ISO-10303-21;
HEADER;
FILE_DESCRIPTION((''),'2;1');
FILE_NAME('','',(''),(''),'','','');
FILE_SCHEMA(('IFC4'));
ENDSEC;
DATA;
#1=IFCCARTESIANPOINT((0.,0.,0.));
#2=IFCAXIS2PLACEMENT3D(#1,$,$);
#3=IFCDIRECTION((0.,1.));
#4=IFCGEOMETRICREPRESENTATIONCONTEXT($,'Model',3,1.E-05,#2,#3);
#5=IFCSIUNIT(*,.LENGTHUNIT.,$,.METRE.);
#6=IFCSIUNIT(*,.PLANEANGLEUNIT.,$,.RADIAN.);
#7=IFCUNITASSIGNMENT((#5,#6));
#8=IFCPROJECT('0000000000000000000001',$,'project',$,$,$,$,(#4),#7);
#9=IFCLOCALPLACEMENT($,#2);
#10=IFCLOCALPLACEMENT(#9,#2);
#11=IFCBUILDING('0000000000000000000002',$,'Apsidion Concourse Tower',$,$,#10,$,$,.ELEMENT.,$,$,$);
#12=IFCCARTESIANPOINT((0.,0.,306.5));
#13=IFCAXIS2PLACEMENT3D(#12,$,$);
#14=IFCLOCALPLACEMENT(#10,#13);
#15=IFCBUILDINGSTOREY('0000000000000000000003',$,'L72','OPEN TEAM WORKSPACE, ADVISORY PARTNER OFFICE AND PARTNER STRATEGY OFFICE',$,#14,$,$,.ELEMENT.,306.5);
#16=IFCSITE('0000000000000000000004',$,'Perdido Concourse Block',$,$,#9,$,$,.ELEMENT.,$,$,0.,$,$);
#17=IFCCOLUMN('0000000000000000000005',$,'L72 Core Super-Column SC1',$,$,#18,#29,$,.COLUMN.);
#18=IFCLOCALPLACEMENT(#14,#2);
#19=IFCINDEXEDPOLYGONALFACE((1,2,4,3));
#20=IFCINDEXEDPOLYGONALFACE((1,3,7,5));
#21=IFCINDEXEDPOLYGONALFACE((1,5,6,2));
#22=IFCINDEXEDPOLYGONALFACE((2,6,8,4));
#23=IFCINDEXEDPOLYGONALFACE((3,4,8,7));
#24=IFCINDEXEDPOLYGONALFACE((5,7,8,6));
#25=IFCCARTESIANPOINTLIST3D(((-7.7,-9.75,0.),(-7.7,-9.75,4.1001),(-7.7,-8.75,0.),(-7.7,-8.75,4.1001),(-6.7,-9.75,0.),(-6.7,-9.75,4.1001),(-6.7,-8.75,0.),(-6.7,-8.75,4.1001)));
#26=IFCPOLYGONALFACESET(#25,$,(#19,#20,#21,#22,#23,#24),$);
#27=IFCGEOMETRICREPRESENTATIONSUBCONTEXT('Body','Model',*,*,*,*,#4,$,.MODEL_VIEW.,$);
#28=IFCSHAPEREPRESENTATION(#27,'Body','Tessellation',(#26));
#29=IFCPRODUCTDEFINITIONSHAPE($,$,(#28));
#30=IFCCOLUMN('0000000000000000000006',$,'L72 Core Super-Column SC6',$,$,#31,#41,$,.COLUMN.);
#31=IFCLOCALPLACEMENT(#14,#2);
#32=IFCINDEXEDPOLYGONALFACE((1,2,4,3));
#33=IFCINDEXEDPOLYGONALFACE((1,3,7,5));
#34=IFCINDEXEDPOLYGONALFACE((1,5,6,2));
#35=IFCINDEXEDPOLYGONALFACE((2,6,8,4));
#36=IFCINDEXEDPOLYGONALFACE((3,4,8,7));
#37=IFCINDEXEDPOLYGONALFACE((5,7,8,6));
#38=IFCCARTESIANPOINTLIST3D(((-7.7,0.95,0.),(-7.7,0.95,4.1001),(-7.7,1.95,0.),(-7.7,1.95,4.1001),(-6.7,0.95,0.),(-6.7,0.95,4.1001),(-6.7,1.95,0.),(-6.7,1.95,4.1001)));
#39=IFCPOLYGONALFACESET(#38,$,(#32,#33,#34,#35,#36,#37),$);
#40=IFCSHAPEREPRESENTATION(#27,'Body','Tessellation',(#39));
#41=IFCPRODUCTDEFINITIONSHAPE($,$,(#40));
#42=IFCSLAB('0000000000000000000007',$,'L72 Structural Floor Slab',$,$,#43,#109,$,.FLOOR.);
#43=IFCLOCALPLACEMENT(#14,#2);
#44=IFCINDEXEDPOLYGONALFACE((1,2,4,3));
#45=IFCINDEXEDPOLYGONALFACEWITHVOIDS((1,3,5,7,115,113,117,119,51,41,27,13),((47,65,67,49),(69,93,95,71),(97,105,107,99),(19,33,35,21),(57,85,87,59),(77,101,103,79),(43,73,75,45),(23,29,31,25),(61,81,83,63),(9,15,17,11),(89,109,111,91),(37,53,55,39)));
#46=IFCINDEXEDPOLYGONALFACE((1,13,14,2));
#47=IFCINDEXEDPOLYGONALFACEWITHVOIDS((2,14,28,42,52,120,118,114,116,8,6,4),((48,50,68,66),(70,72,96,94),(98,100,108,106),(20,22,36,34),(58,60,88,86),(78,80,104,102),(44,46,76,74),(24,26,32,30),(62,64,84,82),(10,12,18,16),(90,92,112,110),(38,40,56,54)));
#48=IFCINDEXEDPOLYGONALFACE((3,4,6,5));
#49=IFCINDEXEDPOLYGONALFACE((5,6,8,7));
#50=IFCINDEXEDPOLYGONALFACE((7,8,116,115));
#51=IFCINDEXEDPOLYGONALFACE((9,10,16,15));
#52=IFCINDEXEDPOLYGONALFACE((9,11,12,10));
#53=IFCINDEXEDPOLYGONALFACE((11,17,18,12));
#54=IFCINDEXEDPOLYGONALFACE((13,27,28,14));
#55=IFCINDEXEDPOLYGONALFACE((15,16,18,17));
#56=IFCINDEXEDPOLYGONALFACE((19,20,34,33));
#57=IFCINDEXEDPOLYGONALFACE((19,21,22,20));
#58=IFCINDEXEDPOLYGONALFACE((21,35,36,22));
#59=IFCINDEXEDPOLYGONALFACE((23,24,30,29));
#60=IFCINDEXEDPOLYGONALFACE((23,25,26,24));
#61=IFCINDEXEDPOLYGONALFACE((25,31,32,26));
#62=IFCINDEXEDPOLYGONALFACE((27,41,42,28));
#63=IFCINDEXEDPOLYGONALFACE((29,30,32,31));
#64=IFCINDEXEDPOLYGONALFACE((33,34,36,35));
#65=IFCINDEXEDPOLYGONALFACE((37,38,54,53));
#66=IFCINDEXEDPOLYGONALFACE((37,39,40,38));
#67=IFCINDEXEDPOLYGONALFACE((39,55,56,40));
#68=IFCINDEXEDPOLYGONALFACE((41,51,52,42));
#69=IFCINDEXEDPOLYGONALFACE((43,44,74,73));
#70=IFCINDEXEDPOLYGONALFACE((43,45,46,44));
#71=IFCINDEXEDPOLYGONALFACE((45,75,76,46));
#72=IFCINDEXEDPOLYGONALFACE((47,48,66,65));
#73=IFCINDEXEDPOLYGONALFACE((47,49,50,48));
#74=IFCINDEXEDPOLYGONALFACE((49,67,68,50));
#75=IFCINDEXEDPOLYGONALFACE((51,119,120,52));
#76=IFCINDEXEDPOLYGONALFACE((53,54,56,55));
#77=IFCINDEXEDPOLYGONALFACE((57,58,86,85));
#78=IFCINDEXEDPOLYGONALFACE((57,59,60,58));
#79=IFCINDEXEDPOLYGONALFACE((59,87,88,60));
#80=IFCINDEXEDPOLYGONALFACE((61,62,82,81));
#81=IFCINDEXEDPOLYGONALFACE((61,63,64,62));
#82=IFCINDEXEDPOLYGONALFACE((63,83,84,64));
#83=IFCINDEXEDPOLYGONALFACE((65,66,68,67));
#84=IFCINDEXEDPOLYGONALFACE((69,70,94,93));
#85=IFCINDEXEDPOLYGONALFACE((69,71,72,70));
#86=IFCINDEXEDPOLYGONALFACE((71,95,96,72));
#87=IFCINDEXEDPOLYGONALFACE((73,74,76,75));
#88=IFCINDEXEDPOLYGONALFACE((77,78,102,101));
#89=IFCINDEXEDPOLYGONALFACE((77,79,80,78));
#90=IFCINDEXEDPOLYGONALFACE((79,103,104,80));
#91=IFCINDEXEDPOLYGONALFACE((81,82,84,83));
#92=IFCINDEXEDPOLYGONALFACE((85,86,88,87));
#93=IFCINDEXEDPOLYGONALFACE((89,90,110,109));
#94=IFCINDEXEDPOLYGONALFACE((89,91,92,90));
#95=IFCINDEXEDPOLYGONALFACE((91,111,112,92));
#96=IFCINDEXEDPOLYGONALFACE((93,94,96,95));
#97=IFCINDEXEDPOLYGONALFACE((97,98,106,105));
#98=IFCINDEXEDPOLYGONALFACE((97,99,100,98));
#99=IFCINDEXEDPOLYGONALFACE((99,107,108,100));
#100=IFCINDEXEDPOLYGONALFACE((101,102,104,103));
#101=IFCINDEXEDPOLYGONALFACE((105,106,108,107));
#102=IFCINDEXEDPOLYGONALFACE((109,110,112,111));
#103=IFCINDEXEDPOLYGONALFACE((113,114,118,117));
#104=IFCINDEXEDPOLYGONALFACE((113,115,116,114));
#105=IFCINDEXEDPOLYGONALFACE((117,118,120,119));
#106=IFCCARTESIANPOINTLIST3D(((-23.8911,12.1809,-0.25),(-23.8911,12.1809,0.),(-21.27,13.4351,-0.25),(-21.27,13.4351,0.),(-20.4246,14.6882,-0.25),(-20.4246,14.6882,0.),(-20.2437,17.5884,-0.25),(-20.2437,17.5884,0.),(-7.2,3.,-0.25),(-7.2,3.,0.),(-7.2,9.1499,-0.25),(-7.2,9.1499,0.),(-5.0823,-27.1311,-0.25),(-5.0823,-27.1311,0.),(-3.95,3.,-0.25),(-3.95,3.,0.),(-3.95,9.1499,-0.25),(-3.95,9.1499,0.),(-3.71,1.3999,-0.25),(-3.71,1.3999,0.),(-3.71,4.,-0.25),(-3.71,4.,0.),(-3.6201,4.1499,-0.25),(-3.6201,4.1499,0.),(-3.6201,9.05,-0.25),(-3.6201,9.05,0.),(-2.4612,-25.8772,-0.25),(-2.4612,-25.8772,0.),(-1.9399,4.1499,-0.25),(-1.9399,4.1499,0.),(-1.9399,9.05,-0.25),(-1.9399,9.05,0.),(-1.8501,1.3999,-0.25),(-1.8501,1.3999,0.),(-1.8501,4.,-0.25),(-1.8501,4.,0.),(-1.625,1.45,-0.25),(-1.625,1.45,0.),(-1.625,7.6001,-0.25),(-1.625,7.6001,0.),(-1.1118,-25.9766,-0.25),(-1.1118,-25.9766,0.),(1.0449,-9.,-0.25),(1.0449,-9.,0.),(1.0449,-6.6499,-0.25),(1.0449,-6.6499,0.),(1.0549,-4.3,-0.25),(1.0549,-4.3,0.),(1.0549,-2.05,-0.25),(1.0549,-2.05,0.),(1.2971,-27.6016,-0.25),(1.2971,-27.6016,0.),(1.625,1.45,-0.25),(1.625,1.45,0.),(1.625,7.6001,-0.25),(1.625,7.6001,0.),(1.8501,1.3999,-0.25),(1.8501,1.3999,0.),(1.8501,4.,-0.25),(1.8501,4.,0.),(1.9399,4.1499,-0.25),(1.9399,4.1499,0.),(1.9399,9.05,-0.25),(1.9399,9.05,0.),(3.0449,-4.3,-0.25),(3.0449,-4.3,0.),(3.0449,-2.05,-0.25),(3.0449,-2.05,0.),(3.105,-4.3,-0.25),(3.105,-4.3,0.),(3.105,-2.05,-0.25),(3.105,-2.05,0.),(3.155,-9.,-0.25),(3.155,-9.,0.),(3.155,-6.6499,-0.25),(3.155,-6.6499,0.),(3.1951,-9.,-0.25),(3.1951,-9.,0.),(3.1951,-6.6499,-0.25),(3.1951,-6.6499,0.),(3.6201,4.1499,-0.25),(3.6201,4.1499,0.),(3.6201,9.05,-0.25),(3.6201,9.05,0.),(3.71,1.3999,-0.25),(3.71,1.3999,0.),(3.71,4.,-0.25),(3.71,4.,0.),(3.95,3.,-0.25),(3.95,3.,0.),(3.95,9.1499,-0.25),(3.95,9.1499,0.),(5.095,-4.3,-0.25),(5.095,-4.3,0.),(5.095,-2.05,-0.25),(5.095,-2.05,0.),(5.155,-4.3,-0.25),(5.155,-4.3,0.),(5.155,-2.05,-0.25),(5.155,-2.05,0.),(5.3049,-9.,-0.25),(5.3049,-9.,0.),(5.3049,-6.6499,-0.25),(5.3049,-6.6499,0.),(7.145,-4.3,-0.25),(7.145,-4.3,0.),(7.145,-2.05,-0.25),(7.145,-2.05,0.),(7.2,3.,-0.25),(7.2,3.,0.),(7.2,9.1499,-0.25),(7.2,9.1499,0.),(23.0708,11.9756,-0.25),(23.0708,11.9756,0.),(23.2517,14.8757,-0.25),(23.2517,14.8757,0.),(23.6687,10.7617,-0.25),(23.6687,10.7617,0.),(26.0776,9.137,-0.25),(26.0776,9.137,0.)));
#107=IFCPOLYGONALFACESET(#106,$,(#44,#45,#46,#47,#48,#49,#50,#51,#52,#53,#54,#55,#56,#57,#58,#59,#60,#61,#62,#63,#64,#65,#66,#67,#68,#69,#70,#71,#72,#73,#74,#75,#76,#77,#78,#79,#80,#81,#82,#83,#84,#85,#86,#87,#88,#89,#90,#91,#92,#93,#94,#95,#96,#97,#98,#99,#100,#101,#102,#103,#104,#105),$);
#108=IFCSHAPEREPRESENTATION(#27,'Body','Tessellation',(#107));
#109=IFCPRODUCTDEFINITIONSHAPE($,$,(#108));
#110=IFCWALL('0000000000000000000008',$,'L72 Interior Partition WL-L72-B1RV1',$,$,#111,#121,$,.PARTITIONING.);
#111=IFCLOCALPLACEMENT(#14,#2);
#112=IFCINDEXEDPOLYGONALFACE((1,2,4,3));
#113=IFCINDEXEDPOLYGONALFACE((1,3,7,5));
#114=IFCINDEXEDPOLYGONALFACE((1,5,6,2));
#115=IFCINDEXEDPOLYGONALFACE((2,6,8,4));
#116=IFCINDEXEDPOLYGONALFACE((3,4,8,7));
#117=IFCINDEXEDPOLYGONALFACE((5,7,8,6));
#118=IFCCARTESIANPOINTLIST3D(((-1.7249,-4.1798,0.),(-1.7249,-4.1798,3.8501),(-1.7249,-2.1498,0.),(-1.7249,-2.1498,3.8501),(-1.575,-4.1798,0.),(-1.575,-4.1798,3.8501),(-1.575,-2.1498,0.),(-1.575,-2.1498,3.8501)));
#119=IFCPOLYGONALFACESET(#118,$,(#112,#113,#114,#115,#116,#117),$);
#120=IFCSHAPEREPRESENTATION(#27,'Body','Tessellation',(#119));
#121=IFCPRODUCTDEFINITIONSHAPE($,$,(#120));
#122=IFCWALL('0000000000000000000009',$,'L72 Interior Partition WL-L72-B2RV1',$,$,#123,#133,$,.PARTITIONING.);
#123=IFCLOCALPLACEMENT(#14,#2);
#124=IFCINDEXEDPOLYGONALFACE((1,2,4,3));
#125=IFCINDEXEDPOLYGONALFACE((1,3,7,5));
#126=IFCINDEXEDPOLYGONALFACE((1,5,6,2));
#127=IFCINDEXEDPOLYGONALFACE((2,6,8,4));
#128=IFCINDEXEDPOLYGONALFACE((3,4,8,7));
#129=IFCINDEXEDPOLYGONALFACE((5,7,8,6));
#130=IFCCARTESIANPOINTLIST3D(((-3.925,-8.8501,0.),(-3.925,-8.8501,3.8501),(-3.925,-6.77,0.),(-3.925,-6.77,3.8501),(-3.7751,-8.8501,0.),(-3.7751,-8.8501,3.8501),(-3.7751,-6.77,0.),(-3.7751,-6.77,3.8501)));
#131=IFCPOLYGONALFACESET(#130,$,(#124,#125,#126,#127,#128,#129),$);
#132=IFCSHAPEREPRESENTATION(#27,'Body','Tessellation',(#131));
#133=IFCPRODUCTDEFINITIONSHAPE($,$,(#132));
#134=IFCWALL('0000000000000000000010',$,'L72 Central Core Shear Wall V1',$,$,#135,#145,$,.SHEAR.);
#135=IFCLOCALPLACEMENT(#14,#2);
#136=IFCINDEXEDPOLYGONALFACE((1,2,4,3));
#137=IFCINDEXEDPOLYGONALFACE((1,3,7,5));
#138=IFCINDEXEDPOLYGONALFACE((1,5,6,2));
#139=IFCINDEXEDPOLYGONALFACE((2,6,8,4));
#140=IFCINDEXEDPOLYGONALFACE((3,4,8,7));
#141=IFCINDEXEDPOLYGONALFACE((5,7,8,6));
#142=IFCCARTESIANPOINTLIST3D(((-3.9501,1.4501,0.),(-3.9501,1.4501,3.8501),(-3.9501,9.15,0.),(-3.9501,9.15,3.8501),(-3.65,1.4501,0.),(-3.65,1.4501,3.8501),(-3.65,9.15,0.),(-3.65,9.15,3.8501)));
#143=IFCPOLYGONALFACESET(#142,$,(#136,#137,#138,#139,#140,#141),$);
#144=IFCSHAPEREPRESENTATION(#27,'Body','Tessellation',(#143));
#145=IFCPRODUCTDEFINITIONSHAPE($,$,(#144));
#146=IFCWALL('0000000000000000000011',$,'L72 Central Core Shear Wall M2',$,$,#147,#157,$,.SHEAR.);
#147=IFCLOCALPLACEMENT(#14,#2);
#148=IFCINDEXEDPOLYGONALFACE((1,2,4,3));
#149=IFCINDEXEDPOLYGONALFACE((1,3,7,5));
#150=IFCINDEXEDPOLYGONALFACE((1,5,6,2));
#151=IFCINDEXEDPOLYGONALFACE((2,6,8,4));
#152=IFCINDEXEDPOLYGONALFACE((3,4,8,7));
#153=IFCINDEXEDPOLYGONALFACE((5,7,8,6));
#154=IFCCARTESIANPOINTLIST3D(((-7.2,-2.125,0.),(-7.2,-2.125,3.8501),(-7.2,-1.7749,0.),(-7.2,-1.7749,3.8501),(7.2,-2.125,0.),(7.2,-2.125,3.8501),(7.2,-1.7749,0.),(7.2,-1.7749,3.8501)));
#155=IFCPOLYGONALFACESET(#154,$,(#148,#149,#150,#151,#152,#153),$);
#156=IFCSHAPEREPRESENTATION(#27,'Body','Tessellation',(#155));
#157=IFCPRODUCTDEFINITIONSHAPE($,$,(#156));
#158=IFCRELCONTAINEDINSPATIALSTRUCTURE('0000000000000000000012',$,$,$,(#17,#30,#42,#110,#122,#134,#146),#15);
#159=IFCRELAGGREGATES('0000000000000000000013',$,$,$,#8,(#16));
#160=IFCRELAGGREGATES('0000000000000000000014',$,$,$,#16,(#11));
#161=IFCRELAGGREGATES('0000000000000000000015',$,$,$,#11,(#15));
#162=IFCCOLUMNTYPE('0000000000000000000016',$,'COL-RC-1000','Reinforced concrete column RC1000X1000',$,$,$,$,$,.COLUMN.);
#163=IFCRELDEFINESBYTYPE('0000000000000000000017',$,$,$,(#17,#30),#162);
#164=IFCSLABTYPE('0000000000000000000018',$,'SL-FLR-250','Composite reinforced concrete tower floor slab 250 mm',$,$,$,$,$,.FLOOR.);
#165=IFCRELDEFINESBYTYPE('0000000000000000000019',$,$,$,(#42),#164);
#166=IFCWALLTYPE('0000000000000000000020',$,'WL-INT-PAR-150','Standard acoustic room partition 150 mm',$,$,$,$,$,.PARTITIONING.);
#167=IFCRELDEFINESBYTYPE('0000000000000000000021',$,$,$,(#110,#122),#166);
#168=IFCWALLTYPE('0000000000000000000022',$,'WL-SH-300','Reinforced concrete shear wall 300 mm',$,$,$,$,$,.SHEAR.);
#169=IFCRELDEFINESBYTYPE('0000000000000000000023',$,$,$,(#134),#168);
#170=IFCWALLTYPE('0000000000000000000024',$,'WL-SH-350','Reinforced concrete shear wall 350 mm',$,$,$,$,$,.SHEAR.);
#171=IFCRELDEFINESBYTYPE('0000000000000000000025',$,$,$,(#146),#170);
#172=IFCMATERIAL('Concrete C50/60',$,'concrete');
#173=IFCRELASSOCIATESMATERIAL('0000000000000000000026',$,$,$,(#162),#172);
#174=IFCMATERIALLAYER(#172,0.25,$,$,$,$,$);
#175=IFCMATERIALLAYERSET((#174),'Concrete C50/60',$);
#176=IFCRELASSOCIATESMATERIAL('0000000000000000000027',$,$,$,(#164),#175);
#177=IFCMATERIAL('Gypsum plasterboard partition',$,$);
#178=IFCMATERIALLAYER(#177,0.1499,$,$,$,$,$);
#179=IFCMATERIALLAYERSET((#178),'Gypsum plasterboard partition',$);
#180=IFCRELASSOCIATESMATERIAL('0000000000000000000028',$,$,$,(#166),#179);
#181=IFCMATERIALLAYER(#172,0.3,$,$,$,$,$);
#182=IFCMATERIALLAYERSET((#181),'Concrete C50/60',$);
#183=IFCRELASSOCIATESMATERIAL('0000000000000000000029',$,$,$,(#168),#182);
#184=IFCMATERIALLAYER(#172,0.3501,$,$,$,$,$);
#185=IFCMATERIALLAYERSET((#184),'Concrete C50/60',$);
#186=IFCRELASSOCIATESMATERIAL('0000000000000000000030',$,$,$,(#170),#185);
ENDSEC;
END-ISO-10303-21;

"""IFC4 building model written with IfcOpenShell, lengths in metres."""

from ifc_helpers import new_model, si_unit, direction, frame, frame_2d, origin, origin_2d, place, context, subcontext, project, spatial, polyline, rectangle, outline, extrude, material, layer, layer_set, material_profile, profile_set, type_object, element, save


model = new_model("IFC4")

# Units and contexts
model_context = context("Model", 3, precision=1e-05, world=origin(), true_north=direction((0.0, 1.0)))
body_context = subcontext(model_context, "Body", "Model", "MODEL_VIEW")
ifc_project = project(units=[si_unit("LENGTHUNIT", "METRE"), si_unit("PLANEANGLEUNIT", "RADIAN")], contexts=[model_context])

# Site, building, storey
site_placement = place(None, origin())
site = spatial("IfcSite", under=ifc_project, at=site_placement, Name="Perdido Concourse Block", CompositionType="ELEMENT", RefElevation=0.0)
building_placement = place(site_placement, origin())
building = spatial("IfcBuilding", under=site, at=building_placement, Name="Apsidion Concourse Tower", CompositionType="ELEMENT")
storey_placement = place(building_placement, frame((0.0, 0.0, 306.5)))
storey = spatial("IfcBuildingStorey", under=building, at=storey_placement, Name="L72", Description="OPEN TEAM WORKSPACE, ADVISORY PARTNER OFFICE AND PARTNER STRATEGY OFFICE", CompositionType="ELEMENT", Elevation=306.5)

# Columns
ifc_material_1 = material(Name="Concrete C50/60", Category="concrete")
ifc_material_profile = material_profile(ifc_material_1, rectangle(XDim=1.0, YDim=1.0, at=origin_2d()), Name="RC 1000x1000")
ifc_profile_set = profile_set([ifc_material_profile], Name="Concrete C50/60")
column_type = type_object("IfcColumnType", Name="COL-RC-1000", Description="Reinforced concrete column RC1000X1000", PredefinedType="COLUMN", material=ifc_profile_set)
for number, where, z_axis, x_axis, name in (
    (1, (-7.2, -9.25, 0.0), (0.0, 0.0, 1.0), (1.0, 0.0, 0.0), "L72 Core Super-Column SC1"),
    (2, (-7.2, 1.45, 0.0), (0.0, 0.0, 1.0), (1.0, 0.0, 0.0), "L72 Core Super-Column SC6"),
):
    element("IfcColumn", number, at=place(storey_placement, frame(where, z_axis=z_axis, x_axis=x_axis)), inside=storey, type_object=column_type, Name=name, PredefinedType="COLUMN", context=body_context, shape_type="SweptSolid", body=[
        extrude(rectangle(XDim=1.0, YDim=1.0, at=origin_2d()), origin(), (0.0, 0.0, 1.0), 4.1001),
    ])

# Slab
ifc_layer_1 = layer(ifc_material_1, 0.25)
ifc_layer_set_1 = layer_set([ifc_layer_1], Name="Concrete C50/60")
slab_type = type_object("IfcSlabType", Name="SL-FLR-250", Description="Composite reinforced concrete tower floor slab 250 mm", PredefinedType="FLOOR", material=ifc_layer_set_1)
slab_placement = place(storey_placement, frame((0.0, 0.0, -0.25)))
element("IfcSlab", 3, at=slab_placement, inside=storey, type_object=slab_type, Name="L72 Structural Floor Slab", PredefinedType="FLOOR", context=body_context, shape_type="SweptSolid", body=[
    extrude(outline(polyline([(-20.2437, 17.5884), (-20.4246, 14.6882), (-21.27, 13.4351), (-23.8911, 12.1809), (-5.0823, -27.1311), (-2.4612, -25.8772), (-1.1118, -25.9766), (1.2971, -27.6016), (26.0776, 9.137), (23.6687, 10.7617), (23.0708, 11.9756), (23.2517, 14.8757), (-20.2437, 17.5884)]), holes=[polyline([(-3.95, 3.0), (-3.95, 9.1499), (-7.2, 9.1499), (-7.2, 3.0), (-3.95, 3.0)]), polyline([(7.2, 3.0), (7.2, 9.1499), (3.95, 9.1499), (3.95, 3.0), (7.2, 3.0)]), polyline([(-1.625, 7.6001), (-1.625, 1.45), (1.625, 1.45), (1.625, 7.6001), (-1.625, 7.6001)]), polyline([(1.0549, -4.3), (3.0449, -4.3), (3.0449, -2.05), (1.0549, -2.05), (1.0549, -4.3)]), polyline([(3.105, -4.3), (5.095, -4.3), (5.095, -2.05), (3.105, -2.05), (3.105, -4.3)]), polyline([(5.155, -4.3), (7.145, -4.3), (7.145, -2.05), (5.155, -2.05), (5.155, -4.3)]), polyline([(1.0449, -9.0), (3.155, -9.0), (3.155, -6.6499), (1.0449, -6.6499), (1.0449, -9.0)]), polyline([(3.1951, -9.0), (5.3049, -9.0), (5.3049, -6.6499), (3.1951, -6.6499), (3.1951, -9.0)]), polyline([(-3.71, 1.3999), (-1.8501, 1.3999), (-1.8501, 4.0), (-3.71, 4.0), (-3.71, 1.3999)]), polyline([(1.8501, 1.3999), (3.71, 1.3999), (3.71, 4.0), (1.8501, 4.0), (1.8501, 1.3999)]), polyline([(-3.6201, 4.1499), (-1.9399, 4.1499), (-1.9399, 9.05), (-3.6201, 9.05), (-3.6201, 4.1499)]), polyline([(1.9399, 4.1499), (3.6201, 4.1499), (3.6201, 9.05), (1.9399, 9.05), (1.9399, 4.1499)])]), origin(), (0.0, 0.0, 1.0), 0.25),
])

# Walls
ifc_material_2 = material(Name="Gypsum plasterboard partition")
ifc_layer_2 = layer(ifc_material_2, 0.1499)
ifc_layer_set_2 = layer_set([ifc_layer_2], Name="Gypsum plasterboard partition")
wall_type_1 = type_object("IfcWallType", Name="WL-INT-PAR-150", Description="Standard acoustic room partition 150 mm", PredefinedType="PARTITIONING", material=ifc_layer_set_2)
wall_1_placement = place(storey_placement, frame((-1.6499, -4.1799, 0.0), z_axis=(0.0, 0.0, 1.0), x_axis=(0.0, 1.0, 0.0)))
element("IfcWall", 4, at=wall_1_placement, inside=storey, type_object=wall_type_1, Name="L72 Interior Partition WL-L72-B1RV1", PredefinedType="PARTITIONING", context=body_context, shape_type="SweptSolid", body=[
    extrude(rectangle(XDim=2.03, YDim=0.1499, at=frame_2d((1.0151, 0.0))), origin(), (0.0, 0.0, 1.0), 3.8501),
])
wall_2_placement = place(storey_placement, frame((-3.8501, -8.8501, 0.0), z_axis=(0.0, 0.0, 1.0), x_axis=(0.0, 1.0, 0.0)))
element("IfcWall", 5, at=wall_2_placement, inside=storey, type_object=wall_type_1, Name="L72 Interior Partition WL-L72-B2RV1", PredefinedType="PARTITIONING", context=body_context, shape_type="SweptSolid", body=[
    extrude(rectangle(XDim=2.0801, YDim=0.1499, at=frame_2d((1.04, 0.0))), origin(), (0.0, 0.0, 1.0), 3.8501),
])

# Wall
ifc_layer_3 = layer(ifc_material_1, 0.3)
ifc_layer_set_3 = layer_set([ifc_layer_3], Name="Concrete C50/60")
wall_type_2 = type_object("IfcWallType", Name="WL-SH-300", Description="Reinforced concrete shear wall 300 mm", PredefinedType="SHEAR", material=ifc_layer_set_3)
wall_3_placement = place(storey_placement, frame((-3.8, 1.45, 0.0), z_axis=(0.0, 0.0, 1.0), x_axis=(0.0, 1.0, 0.0)))
element("IfcWall", 6, at=wall_3_placement, inside=storey, type_object=wall_type_2, Name="L72 Central Core Shear Wall V1", PredefinedType="SHEAR", context=body_context, shape_type="SweptSolid", body=[
    extrude(rectangle(XDim=7.7, YDim=0.3, at=frame_2d((3.8501, 0.0))), origin(), (0.0, 0.0, 1.0), 3.8501),
])

# Shared definitions
ifc_layer_4 = layer(ifc_material_1, 0.3501)
ifc_layer_set_4 = layer_set([ifc_layer_4], Name="Concrete C50/60")
wall_type_3 = type_object("IfcWallType", Name="WL-SH-350", Description="Reinforced concrete shear wall 350 mm", PredefinedType="SHEAR", material=ifc_layer_set_4)

# Wall
wall_4_placement = place(storey_placement, frame((-7.2, -1.95, 0.0), z_axis=(0.0, 0.0, 1.0), x_axis=(1.0, 0.0, 0.0)))
element("IfcWall", 7, at=wall_4_placement, inside=storey, type_object=wall_type_3, Name="L72 Central Core Shear Wall M2", PredefinedType="SHEAR", context=body_context, shape_type="SweptSolid", body=[
    extrude(rectangle(XDim=14.3999, YDim=0.3501, at=frame_2d((7.2, 0.0))), origin(), (0.0, 0.0, 1.0), 3.8501),
])

save(model, "model.ifc")
